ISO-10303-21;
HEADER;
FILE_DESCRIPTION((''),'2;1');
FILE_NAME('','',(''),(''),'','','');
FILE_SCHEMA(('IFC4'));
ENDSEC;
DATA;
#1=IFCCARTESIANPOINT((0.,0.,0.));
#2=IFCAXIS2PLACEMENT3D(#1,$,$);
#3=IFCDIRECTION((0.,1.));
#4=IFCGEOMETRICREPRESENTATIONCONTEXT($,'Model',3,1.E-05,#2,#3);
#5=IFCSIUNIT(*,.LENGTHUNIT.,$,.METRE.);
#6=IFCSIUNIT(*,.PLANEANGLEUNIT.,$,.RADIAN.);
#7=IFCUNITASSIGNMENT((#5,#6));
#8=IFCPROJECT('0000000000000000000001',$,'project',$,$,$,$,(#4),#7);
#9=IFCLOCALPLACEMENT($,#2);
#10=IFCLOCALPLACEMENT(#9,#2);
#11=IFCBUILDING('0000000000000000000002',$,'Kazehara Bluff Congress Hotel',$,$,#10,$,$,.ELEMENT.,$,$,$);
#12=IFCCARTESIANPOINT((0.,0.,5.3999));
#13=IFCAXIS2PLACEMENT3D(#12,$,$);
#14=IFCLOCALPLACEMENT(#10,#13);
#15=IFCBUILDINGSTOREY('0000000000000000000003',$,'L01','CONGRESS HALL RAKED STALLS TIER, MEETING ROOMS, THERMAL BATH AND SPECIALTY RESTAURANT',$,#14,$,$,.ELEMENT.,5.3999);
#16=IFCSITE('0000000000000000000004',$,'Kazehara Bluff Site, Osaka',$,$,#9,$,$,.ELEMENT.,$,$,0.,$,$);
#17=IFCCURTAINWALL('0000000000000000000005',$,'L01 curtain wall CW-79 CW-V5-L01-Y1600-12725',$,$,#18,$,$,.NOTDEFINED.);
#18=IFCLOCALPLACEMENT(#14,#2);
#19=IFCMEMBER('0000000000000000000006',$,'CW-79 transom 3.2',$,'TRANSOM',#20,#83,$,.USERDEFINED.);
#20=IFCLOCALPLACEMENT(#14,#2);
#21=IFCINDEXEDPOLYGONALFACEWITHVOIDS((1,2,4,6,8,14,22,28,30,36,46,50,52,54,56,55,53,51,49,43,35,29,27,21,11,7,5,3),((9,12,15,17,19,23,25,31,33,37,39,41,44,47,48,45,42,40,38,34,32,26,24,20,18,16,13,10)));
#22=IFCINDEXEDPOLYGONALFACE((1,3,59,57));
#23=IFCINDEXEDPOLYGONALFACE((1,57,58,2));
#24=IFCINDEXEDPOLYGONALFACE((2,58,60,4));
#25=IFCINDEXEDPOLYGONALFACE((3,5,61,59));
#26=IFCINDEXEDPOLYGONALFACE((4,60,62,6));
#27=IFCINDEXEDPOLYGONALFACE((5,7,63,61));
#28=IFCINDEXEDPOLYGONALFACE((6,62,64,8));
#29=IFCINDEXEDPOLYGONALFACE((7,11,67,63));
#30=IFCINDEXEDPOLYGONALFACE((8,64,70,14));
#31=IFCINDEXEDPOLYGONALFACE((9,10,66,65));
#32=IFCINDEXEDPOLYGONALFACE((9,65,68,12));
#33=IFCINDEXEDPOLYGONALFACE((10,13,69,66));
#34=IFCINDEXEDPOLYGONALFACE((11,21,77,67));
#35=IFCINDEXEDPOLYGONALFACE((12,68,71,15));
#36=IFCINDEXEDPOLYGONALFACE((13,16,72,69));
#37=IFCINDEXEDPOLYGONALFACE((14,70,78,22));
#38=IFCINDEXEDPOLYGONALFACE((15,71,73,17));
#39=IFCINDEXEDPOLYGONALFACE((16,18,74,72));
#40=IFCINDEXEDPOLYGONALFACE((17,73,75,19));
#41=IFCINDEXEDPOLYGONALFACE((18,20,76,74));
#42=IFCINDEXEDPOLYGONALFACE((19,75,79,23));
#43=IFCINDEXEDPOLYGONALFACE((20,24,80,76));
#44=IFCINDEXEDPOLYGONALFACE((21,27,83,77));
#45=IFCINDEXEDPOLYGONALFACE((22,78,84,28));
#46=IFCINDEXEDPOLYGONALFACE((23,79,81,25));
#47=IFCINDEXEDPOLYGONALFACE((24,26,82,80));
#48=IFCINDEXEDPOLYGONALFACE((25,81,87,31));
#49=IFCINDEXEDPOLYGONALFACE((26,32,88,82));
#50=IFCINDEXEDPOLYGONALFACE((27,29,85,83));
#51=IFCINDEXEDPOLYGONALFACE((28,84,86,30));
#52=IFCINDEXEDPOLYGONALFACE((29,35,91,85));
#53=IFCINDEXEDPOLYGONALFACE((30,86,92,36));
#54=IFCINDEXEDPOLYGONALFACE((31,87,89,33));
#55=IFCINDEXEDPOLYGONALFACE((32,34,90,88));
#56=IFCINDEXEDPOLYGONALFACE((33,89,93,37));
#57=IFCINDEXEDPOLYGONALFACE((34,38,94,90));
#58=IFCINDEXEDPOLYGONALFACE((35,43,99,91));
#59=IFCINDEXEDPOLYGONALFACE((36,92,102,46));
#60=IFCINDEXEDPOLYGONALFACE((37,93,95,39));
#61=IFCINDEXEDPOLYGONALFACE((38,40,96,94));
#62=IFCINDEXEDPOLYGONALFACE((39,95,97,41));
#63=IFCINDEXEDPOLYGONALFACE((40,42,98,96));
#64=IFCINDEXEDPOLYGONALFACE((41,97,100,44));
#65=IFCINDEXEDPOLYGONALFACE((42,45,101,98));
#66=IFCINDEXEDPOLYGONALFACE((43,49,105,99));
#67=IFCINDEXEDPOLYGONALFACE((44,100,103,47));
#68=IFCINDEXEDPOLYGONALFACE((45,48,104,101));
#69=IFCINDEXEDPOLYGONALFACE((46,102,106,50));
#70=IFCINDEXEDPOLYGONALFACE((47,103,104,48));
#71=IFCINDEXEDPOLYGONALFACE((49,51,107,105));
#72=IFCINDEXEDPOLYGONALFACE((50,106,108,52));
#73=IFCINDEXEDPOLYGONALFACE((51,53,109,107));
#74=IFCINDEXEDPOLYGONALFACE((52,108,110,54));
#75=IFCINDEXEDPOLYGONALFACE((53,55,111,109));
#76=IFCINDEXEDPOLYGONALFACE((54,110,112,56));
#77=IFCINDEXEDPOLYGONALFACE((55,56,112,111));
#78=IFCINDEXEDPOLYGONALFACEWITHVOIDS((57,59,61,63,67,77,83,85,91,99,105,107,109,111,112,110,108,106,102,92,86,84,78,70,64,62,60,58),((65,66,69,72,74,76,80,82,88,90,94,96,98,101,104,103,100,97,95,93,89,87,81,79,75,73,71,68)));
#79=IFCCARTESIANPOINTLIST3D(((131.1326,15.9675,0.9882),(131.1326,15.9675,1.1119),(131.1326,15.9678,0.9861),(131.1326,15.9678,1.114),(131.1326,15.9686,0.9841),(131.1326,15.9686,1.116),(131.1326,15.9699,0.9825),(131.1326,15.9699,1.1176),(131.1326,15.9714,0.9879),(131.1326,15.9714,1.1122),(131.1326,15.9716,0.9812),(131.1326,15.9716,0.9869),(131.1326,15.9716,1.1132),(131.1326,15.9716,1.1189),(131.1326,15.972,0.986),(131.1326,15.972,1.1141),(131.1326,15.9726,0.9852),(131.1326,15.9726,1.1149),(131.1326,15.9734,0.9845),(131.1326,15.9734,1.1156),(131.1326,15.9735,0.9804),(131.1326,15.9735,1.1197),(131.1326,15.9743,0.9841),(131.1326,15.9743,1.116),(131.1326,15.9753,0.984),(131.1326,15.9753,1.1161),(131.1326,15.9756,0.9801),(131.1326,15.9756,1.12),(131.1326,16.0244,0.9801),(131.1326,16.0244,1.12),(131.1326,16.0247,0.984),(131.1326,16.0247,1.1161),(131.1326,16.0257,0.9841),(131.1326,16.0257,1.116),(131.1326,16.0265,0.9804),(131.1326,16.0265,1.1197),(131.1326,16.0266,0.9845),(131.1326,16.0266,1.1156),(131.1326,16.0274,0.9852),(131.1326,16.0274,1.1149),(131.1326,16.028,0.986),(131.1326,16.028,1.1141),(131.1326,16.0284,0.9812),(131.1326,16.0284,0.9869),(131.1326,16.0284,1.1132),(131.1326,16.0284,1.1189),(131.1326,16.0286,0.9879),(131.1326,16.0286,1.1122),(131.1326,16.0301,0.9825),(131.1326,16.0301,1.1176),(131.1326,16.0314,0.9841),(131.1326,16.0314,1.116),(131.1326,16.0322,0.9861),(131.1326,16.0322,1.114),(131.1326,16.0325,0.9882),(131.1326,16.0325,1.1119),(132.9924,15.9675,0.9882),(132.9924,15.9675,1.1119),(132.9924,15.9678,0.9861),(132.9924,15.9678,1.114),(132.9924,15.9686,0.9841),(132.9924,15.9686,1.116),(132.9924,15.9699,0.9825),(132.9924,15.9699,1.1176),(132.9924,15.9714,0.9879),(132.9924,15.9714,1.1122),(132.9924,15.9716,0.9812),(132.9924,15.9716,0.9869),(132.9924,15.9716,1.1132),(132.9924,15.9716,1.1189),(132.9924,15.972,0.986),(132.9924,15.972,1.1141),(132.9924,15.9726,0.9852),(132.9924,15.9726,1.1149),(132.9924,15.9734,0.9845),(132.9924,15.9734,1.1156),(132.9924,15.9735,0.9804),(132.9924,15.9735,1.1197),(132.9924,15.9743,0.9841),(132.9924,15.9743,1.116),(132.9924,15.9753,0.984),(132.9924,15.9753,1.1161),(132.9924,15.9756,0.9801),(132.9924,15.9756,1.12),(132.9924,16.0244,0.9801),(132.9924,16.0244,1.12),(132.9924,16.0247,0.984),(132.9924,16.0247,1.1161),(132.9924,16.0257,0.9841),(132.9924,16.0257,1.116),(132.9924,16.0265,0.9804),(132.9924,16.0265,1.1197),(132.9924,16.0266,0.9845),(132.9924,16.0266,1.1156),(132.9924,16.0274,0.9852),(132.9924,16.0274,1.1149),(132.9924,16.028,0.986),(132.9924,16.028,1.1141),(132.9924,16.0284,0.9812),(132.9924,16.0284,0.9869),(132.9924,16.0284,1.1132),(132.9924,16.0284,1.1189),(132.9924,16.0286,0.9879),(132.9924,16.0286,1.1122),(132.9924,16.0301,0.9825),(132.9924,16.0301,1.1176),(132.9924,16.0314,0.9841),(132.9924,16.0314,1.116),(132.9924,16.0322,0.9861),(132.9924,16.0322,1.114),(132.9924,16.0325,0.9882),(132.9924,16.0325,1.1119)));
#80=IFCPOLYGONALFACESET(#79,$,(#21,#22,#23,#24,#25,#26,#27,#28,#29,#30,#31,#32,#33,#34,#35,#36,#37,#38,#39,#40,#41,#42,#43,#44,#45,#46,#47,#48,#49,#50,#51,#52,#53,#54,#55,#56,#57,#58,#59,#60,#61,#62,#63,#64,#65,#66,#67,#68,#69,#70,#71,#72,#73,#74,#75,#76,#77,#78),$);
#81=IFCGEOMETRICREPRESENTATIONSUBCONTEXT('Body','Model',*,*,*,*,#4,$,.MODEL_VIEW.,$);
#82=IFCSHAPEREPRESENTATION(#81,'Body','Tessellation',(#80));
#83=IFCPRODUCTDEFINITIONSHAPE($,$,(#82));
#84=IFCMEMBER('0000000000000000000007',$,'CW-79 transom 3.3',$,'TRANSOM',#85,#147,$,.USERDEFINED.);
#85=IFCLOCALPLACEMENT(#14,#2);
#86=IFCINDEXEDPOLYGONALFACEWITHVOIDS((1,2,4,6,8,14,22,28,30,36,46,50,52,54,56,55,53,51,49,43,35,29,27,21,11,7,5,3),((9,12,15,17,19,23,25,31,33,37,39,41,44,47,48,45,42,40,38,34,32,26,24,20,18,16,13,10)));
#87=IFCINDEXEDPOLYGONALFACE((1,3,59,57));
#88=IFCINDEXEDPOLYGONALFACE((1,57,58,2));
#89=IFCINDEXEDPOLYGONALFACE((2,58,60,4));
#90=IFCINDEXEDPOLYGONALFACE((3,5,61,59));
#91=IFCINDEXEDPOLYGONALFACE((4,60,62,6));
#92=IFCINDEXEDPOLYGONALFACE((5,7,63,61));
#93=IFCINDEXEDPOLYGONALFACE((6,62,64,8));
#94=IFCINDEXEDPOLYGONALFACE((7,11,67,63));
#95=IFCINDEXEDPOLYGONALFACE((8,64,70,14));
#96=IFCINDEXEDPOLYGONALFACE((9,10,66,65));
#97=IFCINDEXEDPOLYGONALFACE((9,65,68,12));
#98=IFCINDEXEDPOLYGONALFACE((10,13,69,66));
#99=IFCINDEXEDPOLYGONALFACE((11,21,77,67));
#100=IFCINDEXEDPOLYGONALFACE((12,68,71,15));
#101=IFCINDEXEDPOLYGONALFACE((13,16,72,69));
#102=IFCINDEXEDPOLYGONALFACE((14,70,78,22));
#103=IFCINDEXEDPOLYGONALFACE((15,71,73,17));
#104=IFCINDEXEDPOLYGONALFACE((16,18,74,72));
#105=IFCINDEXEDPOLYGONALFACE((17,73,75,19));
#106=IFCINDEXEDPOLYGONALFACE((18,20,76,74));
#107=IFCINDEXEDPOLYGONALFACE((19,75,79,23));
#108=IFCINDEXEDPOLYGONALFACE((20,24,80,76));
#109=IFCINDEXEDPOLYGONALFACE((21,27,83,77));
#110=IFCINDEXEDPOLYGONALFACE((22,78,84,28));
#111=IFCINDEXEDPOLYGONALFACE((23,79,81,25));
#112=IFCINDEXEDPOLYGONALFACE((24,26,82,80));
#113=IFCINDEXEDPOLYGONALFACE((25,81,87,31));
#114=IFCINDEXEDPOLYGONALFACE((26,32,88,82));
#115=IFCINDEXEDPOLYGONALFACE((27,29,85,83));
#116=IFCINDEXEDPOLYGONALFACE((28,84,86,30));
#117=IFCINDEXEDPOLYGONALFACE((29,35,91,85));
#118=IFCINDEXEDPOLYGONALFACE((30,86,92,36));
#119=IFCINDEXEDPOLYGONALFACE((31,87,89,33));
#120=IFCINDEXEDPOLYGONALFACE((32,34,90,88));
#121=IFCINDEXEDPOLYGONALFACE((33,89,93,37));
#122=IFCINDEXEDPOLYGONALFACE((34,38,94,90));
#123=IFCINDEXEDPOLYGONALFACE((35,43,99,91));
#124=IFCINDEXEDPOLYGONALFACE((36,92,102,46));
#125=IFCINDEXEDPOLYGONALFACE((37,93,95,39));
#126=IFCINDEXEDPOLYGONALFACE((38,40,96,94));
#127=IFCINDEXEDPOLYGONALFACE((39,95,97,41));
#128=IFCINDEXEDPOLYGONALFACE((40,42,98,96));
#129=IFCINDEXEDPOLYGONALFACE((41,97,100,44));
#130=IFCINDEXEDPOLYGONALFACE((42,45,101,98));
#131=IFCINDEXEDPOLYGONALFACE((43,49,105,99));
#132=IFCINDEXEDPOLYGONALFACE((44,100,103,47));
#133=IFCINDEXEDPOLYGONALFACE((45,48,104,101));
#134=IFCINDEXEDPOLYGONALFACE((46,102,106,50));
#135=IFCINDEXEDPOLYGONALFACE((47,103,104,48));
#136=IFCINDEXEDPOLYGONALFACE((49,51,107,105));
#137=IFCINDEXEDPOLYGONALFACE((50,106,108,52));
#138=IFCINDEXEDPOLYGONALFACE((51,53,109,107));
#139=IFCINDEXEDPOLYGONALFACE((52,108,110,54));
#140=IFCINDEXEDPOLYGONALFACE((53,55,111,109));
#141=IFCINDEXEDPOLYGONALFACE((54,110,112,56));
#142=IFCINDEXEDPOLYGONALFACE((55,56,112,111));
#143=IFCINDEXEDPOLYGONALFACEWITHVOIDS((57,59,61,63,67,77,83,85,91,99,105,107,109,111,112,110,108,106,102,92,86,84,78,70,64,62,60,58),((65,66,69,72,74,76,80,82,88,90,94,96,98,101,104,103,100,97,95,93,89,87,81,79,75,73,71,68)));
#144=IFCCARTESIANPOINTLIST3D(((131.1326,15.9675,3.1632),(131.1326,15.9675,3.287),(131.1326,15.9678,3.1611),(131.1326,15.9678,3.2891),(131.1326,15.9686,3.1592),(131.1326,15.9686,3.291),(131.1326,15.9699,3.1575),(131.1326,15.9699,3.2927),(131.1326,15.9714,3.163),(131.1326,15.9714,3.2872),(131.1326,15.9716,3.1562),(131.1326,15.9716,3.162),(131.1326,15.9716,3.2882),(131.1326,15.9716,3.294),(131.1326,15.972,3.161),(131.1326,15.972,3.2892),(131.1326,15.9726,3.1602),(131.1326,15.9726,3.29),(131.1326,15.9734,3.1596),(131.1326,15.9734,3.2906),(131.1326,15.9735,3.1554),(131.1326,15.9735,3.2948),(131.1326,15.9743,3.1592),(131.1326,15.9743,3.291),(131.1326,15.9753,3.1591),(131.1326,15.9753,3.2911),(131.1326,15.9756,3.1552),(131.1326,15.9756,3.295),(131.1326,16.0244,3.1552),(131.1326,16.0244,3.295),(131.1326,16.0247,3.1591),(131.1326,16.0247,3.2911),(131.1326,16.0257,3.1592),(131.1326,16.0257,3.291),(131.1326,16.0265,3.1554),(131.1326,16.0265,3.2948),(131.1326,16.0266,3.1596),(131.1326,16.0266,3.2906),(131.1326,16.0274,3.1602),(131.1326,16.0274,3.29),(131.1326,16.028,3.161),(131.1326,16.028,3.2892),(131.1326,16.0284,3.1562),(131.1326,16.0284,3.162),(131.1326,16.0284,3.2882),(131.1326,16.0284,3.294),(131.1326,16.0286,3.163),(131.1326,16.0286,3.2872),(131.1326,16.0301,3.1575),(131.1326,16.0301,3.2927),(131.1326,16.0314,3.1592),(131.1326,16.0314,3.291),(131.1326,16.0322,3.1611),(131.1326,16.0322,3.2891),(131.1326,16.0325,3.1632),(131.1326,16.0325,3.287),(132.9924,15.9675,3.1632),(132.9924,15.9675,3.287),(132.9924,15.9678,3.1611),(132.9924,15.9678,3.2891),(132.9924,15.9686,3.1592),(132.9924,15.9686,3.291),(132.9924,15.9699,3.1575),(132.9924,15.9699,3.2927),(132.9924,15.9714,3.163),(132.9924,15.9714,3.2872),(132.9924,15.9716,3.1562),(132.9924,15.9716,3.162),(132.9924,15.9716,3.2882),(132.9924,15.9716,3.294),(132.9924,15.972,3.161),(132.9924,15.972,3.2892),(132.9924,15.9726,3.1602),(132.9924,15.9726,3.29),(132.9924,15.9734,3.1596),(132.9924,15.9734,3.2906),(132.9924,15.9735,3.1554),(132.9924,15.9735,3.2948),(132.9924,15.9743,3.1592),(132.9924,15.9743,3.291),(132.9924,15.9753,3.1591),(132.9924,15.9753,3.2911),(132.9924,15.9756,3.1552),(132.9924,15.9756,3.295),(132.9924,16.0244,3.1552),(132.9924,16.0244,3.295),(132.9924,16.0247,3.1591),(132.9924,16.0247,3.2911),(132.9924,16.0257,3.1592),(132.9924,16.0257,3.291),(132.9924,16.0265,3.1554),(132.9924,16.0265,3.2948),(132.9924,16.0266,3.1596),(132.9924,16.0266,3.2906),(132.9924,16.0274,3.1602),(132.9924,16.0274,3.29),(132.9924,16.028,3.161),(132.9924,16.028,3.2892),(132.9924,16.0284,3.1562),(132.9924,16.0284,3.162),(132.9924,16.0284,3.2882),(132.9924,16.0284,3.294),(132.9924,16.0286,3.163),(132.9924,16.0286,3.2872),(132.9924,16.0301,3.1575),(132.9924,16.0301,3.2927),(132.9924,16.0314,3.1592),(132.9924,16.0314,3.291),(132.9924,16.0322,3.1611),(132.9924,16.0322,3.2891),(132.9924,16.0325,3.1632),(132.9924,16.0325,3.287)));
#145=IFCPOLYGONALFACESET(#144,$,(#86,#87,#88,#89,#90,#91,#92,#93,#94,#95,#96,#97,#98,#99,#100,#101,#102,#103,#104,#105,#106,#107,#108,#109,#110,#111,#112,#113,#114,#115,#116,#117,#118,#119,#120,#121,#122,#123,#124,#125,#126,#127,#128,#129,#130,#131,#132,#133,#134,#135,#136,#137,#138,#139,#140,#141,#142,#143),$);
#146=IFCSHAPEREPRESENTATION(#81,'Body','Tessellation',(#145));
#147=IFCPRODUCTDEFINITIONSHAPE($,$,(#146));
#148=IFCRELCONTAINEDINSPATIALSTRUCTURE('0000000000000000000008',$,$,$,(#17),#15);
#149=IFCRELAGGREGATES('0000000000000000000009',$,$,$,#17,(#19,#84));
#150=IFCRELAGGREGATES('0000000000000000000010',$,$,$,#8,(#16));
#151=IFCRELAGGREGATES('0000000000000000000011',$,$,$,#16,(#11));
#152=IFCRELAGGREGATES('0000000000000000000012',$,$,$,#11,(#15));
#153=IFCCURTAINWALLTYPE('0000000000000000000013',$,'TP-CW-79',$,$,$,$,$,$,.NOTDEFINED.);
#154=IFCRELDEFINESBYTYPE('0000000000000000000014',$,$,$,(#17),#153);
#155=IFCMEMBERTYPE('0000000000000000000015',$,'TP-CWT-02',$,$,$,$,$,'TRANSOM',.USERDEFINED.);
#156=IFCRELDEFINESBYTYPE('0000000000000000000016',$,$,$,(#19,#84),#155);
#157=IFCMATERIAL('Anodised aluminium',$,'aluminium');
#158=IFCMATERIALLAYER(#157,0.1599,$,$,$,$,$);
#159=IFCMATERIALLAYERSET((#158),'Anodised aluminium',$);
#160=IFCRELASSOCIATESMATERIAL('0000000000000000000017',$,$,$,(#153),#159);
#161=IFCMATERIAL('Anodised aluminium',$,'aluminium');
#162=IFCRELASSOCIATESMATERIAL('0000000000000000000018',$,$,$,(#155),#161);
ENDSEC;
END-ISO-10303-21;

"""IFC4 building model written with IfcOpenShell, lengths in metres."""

from ifc_helpers import new_model, si_unit, direction, frame, origin, origin_2d, place, context, subcontext, project, spatial, hollow_rectangle, extrude, material, layer, layer_set, material_profile, profile_set, type_object, element, aggregate, save


model = new_model("IFC4")

# Units and contexts
model_context = context("Model", 3, precision=1e-05, world=origin(), true_north=direction((0.0, 1.0)))
body_context = subcontext(model_context, "Body", "Model", "MODEL_VIEW")
ifc_project = project(units=[si_unit("LENGTHUNIT", "METRE"), si_unit("PLANEANGLEUNIT", "RADIAN")], contexts=[model_context])

# Site, building, storey
site_placement = place(None, origin())
site = spatial("IfcSite", under=ifc_project, at=site_placement, Name="Kazehara Bluff Site, Osaka", CompositionType="ELEMENT", RefElevation=0.0)
building_placement = place(site_placement, origin())
building = spatial("IfcBuilding", under=site, at=building_placement, Name="Kazehara Bluff Congress Hotel", CompositionType="ELEMENT")
storey_placement = place(building_placement, frame((0.0, 0.0, 5.3999)))
storey = spatial("IfcBuildingStorey", under=building, at=storey_placement, Name="L01", Description="CONGRESS HALL RAKED STALLS TIER, MEETING ROOMS, THERMAL BATH AND SPECIALTY RESTAURANT", CompositionType="ELEMENT", Elevation=5.3999)

# Curtain wall, members
ifc_material_1 = material(Name="Anodised aluminium", Category="aluminium")
ifc_layer_1 = layer(ifc_material_1, 0.1599)
ifc_layer_set_1 = layer_set([ifc_layer_1], Name="Anodised aluminium")
curtain_wall_type = type_object("IfcCurtainWallType", Name="TP-CW-79", PredefinedType="NOTDEFINED", material=ifc_layer_set_1)
curtain_wall_placement = place(storey_placement, origin())
curtain_wall = element("IfcCurtainWall", 1, at=curtain_wall_placement, inside=storey, type_object=curtain_wall_type, Name="L01 curtain wall CW-79 CW-V5-L01-Y1600-12725", PredefinedType="NOTDEFINED")
ifc_material_2 = material(Name="Anodised aluminium", Category="aluminium")
ifc_material_profile_1 = material_profile(ifc_material_2, hollow_rectangle(XDim=0.0649, YDim=0.1399, WallThickness=0.0039, InnerFilletRadius=0.0039, OuterFilletRadius=0.0081, at=origin_2d()))
ifc_profile_set_1 = profile_set([ifc_material_profile_1], Name="Anodised aluminium")
member_type_1 = type_object("IfcMemberType", Name="TP-CWT-02", ElementType="TRANSOM", PredefinedType="USERDEFINED", material=ifc_profile_set_1)
member_1_placement = place(storey_placement, frame((131.1326, 16.0, 1.05), z_axis=(1.0, 0.0, 0.0), x_axis=(0.0, 1.0, 0.0)))
member_1 = element("IfcMember", 2, at=member_1_placement, type_object=member_type_1, Name="CW-79 transom 3.2", ObjectType="TRANSOM", PredefinedType="USERDEFINED", context=body_context, shape_type="SweptSolid", body=[
    extrude(hollow_rectangle(XDim=0.0649, YDim=0.1399, WallThickness=0.0039, InnerFilletRadius=0.0039, OuterFilletRadius=0.0081, at=origin_2d()), origin(), (0.0, 0.0, 1.0), 1.8599),
])
member_2_placement = place(storey_placement, frame((131.1326, 16.0, 3.2251), z_axis=(1.0, 0.0, 0.0), x_axis=(0.0, 1.0, 0.0)))
member_2 = element("IfcMember", 3, at=member_2_placement, type_object=member_type_1, Name="CW-79 transom 3.3", ObjectType="TRANSOM", PredefinedType="USERDEFINED", context=body_context, shape_type="SweptSolid", body=[
    extrude(hollow_rectangle(XDim=0.0649, YDim=0.1399, WallThickness=0.0039, InnerFilletRadius=0.0039, OuterFilletRadius=0.0081, at=origin_2d()), origin(), (0.0, 0.0, 1.0), 1.8599),
])

aggregate(curtain_wall, [member_1, member_2])

save(model, "model.ifc")
